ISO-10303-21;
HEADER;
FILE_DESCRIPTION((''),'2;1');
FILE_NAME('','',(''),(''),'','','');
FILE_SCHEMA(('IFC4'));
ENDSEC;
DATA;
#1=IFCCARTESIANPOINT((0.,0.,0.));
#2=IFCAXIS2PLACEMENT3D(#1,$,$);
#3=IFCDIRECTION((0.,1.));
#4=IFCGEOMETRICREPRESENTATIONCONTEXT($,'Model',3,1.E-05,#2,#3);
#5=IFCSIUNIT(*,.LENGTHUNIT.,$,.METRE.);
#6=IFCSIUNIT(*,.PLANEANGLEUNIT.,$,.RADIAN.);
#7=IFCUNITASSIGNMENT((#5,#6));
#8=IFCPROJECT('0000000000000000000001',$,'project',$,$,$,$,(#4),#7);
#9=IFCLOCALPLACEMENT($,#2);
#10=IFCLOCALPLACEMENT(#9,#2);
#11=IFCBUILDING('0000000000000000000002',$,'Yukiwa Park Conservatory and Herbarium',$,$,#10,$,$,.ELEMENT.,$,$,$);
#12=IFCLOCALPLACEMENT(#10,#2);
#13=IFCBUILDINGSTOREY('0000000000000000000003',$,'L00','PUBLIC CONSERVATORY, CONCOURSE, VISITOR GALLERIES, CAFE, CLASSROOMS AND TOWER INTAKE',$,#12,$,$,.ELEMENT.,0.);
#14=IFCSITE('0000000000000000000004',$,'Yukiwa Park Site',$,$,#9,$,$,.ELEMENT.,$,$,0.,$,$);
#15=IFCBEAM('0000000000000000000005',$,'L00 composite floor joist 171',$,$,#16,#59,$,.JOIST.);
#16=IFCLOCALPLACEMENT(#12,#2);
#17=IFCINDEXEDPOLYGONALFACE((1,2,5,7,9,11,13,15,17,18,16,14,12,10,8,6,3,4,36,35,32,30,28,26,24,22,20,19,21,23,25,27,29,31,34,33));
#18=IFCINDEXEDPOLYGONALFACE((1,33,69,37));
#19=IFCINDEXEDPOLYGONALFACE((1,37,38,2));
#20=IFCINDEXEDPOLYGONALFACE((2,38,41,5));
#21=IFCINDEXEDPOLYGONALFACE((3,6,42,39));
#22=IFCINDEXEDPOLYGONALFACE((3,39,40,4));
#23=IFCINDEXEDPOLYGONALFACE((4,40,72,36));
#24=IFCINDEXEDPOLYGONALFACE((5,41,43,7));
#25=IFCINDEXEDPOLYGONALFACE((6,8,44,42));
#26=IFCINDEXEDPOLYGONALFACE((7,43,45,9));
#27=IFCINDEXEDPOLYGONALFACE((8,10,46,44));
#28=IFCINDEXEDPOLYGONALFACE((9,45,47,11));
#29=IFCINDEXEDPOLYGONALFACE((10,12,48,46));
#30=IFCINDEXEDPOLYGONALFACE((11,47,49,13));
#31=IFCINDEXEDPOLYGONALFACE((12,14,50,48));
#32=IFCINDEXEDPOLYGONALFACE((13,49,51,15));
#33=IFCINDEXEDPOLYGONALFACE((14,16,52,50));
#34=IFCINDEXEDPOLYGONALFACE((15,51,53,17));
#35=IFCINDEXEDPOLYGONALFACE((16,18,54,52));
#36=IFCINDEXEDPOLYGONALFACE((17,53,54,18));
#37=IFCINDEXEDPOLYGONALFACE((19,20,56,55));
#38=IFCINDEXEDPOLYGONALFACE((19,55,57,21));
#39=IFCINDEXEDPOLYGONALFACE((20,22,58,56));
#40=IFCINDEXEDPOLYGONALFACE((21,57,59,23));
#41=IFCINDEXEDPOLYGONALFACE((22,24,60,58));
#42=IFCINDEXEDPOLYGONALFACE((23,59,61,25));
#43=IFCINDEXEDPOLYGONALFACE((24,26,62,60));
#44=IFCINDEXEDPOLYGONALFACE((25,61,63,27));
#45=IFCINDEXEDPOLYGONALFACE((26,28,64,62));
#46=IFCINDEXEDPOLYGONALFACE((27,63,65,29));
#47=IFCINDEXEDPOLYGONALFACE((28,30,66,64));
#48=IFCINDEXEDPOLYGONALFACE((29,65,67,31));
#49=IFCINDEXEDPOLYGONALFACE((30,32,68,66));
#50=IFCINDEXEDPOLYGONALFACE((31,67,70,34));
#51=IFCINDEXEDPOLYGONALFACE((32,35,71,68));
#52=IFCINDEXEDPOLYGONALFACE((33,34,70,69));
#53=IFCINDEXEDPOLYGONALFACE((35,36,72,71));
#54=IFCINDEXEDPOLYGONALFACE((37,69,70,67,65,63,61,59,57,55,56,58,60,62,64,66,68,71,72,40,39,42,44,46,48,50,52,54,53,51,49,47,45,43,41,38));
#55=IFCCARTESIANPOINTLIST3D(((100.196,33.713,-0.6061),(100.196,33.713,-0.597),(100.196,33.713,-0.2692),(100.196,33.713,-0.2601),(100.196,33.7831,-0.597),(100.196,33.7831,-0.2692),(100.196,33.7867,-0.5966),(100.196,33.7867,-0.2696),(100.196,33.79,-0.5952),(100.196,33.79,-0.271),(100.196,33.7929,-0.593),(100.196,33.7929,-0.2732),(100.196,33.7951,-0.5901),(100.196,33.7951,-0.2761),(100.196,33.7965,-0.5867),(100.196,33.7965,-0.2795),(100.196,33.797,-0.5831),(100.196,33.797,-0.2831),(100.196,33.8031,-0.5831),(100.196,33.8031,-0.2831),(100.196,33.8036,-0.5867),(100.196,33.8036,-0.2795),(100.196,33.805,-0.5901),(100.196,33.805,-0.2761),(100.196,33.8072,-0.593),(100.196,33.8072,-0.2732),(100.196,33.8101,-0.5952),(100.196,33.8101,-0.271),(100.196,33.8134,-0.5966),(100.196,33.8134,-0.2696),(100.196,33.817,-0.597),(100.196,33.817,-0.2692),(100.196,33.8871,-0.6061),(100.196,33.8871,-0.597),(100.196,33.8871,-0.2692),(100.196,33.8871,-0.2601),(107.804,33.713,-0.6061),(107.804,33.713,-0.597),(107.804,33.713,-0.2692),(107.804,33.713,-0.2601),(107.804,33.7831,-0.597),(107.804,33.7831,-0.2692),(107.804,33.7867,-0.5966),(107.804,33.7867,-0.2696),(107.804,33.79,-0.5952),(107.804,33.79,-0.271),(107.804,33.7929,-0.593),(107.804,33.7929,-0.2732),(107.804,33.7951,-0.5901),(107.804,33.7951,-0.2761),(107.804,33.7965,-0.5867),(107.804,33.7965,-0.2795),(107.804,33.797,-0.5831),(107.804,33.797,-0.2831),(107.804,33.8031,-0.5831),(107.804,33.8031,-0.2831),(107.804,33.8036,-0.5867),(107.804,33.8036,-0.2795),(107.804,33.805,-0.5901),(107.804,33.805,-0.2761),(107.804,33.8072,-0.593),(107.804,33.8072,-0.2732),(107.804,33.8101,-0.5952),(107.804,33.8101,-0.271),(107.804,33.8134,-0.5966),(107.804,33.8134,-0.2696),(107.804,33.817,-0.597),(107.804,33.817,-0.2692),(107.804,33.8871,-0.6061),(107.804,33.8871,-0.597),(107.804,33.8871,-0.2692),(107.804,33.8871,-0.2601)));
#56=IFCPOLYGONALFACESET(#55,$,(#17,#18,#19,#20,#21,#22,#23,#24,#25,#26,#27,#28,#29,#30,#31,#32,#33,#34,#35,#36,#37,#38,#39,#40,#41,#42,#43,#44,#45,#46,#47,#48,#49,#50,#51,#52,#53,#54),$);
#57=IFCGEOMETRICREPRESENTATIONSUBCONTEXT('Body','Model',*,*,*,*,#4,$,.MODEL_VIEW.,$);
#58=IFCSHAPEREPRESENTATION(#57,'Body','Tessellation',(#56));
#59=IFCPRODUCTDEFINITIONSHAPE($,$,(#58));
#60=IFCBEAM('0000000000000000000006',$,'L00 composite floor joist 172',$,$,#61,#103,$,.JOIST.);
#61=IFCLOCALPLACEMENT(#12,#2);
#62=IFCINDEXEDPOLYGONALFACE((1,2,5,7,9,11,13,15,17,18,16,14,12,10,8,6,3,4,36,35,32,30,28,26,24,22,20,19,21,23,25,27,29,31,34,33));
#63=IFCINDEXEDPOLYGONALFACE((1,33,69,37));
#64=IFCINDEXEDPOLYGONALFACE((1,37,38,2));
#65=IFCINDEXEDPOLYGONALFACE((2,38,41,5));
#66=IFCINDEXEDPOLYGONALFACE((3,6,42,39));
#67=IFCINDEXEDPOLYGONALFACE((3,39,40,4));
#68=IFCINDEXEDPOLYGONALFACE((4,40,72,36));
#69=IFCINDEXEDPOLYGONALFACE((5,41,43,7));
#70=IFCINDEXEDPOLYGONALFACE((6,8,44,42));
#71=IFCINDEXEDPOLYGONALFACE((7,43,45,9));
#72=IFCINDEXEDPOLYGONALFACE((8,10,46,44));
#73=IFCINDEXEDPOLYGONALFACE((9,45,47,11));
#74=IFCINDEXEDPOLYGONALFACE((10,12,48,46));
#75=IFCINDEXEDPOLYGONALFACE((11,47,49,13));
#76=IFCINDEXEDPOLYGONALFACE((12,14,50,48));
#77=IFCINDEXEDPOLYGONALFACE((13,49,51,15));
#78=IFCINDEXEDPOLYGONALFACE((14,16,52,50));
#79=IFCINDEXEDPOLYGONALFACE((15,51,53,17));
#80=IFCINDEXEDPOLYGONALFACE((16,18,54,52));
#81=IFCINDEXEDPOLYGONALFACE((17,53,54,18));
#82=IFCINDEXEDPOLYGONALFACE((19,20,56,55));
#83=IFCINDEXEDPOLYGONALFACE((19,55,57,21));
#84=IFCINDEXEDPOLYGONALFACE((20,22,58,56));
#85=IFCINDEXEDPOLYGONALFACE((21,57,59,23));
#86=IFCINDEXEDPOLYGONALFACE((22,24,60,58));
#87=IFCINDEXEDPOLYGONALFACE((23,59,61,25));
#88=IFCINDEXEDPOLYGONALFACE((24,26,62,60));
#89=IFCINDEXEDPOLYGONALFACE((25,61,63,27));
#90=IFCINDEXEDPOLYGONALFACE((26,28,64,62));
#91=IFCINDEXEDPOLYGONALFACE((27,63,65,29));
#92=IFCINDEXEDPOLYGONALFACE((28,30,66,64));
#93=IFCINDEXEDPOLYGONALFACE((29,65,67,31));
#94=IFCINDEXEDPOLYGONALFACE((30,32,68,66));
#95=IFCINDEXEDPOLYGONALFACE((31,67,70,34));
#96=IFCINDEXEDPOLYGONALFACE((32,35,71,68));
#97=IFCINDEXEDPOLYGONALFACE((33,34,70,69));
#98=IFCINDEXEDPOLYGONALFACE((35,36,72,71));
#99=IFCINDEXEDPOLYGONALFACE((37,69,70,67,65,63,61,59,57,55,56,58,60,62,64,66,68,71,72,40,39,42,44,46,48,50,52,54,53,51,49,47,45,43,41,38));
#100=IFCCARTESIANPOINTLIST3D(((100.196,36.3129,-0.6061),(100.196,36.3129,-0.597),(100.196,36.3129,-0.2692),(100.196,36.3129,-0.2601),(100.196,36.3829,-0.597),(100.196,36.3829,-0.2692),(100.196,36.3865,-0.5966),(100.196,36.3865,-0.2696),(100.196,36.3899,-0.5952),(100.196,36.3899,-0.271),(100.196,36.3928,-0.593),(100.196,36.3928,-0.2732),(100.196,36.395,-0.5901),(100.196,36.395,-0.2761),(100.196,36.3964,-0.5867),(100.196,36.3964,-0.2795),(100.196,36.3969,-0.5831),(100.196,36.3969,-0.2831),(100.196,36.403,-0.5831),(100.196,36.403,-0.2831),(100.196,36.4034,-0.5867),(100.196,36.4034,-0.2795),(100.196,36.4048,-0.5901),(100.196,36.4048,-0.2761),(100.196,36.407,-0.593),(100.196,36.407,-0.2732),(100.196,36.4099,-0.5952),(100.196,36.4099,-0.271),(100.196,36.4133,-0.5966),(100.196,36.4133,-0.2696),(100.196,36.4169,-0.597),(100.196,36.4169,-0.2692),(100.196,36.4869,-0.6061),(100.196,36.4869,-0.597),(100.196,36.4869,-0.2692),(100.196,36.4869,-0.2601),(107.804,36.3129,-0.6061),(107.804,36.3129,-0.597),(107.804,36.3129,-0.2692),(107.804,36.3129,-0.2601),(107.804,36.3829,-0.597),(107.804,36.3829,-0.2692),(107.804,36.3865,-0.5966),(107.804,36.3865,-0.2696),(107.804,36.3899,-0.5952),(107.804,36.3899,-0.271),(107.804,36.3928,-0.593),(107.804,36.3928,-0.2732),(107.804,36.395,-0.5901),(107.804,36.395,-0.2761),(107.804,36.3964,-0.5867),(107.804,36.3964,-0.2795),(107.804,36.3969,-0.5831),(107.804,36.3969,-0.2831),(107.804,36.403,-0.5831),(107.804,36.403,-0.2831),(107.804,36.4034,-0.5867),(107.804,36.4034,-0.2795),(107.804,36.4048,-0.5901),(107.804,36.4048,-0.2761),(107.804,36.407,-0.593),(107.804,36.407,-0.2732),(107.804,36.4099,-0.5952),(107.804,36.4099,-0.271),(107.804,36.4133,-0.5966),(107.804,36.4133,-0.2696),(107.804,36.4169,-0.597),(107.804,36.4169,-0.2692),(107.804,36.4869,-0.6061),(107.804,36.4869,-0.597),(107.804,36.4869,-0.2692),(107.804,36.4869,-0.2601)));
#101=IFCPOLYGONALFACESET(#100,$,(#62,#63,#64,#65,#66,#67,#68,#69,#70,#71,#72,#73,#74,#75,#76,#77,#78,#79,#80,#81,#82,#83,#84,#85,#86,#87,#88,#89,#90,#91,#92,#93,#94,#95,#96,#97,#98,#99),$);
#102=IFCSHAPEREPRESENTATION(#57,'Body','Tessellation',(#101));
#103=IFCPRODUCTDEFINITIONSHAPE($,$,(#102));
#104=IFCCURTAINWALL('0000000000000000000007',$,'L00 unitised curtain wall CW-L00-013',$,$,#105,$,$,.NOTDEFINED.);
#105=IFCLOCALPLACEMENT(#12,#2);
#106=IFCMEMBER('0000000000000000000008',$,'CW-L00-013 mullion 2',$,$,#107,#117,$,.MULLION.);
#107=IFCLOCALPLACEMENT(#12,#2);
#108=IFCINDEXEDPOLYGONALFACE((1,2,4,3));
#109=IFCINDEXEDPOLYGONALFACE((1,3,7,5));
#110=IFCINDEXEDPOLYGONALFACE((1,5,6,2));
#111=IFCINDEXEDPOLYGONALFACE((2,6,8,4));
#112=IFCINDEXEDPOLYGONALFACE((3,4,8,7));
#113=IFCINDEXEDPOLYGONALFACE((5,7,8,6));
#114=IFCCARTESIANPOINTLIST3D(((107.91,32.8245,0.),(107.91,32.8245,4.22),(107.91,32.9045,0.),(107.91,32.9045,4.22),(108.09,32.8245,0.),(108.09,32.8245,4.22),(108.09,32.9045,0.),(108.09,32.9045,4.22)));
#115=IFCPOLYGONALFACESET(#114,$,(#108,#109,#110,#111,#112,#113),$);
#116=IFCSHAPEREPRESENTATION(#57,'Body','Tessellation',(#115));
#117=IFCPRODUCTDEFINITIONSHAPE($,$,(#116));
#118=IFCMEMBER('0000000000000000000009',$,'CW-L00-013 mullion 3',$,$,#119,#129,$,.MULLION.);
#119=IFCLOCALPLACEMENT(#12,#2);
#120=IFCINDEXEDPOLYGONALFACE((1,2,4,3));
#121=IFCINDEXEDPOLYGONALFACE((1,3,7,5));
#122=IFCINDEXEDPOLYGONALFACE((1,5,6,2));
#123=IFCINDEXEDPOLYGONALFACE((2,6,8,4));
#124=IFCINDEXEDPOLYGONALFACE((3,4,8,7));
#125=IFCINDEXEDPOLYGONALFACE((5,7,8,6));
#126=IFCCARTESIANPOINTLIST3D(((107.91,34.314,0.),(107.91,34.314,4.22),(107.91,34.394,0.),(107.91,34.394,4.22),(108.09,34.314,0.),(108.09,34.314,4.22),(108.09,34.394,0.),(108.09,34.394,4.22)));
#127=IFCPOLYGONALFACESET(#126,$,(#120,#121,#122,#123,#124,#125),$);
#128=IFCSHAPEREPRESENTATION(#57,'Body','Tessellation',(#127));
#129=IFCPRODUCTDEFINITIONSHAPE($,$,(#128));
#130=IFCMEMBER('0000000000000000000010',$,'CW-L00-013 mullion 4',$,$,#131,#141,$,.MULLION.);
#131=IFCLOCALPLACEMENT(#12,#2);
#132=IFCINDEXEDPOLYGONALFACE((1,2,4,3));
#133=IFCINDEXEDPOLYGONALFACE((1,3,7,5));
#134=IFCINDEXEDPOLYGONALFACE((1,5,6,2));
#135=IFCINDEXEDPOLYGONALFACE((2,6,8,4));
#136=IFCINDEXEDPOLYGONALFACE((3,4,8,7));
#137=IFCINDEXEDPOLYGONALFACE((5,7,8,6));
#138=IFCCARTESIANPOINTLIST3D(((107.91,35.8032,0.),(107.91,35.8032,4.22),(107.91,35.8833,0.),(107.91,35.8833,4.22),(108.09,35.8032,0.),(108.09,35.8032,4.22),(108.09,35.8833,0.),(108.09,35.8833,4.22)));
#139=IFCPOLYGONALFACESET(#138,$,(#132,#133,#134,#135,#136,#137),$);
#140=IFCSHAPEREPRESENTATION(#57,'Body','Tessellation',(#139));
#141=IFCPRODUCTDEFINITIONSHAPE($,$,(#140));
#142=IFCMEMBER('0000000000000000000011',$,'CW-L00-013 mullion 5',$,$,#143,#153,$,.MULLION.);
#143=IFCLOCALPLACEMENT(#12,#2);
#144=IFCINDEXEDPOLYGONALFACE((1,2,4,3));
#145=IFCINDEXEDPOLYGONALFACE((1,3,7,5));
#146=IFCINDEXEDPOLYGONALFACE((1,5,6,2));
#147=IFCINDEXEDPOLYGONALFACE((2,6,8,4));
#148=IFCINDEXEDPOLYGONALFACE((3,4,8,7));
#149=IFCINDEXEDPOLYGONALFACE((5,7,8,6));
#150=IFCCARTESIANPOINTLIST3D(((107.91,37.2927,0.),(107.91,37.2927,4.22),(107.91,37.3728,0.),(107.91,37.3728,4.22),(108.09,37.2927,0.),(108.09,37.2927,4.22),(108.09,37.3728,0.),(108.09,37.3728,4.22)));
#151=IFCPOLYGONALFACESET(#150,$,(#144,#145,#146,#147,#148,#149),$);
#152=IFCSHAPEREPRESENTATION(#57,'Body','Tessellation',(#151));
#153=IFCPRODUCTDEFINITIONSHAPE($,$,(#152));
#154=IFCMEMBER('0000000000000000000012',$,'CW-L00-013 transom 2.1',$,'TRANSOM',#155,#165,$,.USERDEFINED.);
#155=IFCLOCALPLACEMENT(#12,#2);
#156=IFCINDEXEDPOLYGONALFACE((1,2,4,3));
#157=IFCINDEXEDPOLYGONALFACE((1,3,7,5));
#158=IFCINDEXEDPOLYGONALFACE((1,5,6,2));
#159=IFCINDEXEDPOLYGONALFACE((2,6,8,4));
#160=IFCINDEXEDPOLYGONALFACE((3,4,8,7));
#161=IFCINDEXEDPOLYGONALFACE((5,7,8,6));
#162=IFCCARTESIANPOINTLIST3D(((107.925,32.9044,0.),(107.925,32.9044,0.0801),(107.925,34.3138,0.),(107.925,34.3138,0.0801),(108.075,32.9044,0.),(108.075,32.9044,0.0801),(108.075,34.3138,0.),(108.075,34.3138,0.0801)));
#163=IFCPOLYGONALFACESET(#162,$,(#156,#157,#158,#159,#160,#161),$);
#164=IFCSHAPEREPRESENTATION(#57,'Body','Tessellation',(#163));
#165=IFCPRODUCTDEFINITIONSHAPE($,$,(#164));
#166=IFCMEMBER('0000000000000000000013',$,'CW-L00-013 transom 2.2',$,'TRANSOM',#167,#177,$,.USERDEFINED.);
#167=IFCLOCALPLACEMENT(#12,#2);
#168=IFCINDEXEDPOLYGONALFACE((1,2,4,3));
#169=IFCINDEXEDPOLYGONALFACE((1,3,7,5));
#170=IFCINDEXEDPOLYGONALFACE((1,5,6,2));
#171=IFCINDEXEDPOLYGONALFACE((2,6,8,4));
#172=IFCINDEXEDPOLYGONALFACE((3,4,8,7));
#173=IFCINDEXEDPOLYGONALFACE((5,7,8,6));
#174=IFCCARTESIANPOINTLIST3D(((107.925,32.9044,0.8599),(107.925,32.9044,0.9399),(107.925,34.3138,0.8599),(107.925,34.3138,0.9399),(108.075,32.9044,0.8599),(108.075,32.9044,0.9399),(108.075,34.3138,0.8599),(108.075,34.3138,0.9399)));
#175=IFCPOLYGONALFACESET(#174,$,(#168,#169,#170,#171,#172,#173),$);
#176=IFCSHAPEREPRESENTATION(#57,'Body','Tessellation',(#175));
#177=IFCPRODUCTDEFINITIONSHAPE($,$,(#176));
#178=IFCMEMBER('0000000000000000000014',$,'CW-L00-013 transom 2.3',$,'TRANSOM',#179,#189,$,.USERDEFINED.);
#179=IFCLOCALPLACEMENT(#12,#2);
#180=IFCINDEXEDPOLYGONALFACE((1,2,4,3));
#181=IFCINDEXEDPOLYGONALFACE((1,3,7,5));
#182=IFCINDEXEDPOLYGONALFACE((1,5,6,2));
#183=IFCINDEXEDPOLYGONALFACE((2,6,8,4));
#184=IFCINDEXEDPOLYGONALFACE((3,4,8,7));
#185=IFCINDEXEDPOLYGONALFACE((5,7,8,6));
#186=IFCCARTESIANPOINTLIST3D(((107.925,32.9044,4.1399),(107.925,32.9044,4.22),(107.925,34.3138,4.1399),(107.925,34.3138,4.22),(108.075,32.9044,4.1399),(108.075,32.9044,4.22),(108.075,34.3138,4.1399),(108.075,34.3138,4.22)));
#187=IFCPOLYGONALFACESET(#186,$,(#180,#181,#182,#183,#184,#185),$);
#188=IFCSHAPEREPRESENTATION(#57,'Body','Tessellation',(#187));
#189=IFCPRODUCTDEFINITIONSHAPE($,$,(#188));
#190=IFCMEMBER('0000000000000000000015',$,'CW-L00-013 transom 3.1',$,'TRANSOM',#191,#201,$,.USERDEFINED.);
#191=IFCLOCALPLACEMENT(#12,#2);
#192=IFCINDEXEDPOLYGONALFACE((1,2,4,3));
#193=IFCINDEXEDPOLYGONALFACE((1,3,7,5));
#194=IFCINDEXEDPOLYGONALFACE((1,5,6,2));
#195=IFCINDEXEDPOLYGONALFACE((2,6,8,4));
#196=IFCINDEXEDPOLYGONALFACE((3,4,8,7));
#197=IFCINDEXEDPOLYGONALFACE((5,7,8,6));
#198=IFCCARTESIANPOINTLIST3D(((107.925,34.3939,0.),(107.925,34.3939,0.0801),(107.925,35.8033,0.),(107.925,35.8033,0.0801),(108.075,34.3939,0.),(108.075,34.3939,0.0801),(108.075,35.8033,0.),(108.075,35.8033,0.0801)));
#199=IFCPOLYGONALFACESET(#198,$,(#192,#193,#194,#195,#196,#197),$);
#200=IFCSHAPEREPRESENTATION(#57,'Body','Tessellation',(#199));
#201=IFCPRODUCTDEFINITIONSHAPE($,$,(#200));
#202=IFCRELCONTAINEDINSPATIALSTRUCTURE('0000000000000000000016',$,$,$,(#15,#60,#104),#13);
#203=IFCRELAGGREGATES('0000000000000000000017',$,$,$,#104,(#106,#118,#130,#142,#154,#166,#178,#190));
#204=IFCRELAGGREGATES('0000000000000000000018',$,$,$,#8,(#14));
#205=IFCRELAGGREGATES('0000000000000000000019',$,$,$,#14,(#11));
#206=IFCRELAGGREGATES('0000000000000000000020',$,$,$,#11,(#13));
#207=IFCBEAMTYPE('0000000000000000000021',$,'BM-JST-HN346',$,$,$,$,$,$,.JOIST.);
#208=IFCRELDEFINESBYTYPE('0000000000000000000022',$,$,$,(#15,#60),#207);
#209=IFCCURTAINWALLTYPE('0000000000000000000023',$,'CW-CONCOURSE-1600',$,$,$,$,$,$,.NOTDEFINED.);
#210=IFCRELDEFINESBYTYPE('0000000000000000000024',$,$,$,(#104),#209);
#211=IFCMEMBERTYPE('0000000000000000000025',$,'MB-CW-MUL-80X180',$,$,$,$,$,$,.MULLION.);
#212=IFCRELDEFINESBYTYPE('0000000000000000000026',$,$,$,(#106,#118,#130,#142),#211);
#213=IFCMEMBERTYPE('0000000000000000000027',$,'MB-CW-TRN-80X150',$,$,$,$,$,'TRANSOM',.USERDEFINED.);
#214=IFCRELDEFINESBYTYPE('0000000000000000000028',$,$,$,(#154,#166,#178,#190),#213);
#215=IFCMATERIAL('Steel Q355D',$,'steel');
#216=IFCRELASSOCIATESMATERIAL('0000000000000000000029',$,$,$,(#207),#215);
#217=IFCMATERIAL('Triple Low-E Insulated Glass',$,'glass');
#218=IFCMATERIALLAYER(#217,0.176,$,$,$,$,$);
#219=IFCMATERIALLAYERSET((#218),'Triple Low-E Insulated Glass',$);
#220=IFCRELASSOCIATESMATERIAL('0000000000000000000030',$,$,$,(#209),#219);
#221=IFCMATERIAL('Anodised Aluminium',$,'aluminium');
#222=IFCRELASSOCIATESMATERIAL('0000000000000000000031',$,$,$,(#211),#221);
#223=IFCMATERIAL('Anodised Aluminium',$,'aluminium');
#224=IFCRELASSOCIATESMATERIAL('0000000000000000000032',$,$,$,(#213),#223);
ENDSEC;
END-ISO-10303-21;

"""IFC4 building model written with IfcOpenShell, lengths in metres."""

from ifc_helpers import new_model, si_unit, direction, frame, origin, origin_2d, place, context, subcontext, project, spatial, rectangle, i_section, extrude, material, layer, layer_set, material_profile, profile_set, type_object, element, aggregate, save


model = new_model("IFC4")

# Units and contexts
model_context = context("Model", 3, precision=1e-05, world=origin(), true_north=direction((0.0, 1.0)))
body_context = subcontext(model_context, "Body", "Model", "MODEL_VIEW")
ifc_project = project(units=[si_unit("LENGTHUNIT", "METRE"), si_unit("PLANEANGLEUNIT", "RADIAN")], contexts=[model_context])

# Site, building, storey
site_placement = place(None, origin())
site = spatial("IfcSite", under=ifc_project, at=site_placement, Name="Yukiwa Park Site", CompositionType="ELEMENT", RefElevation=0.0)
building_placement = place(site_placement, origin())
building = spatial("IfcBuilding", under=site, at=building_placement, Name="Yukiwa Park Conservatory and Herbarium", CompositionType="ELEMENT")
storey_placement = place(building_placement, origin())
storey = spatial("IfcBuildingStorey", under=building, at=storey_placement, Name="L00", Description="PUBLIC CONSERVATORY, CONCOURSE, VISITOR GALLERIES, CAFE, CLASSROOMS AND TOWER INTAKE", CompositionType="ELEMENT", Elevation=0.0)

# Beams
ifc_material_1 = material(Name="Steel Q355D", Category="steel")
ifc_material_profile = material_profile(ifc_material_1, i_section(OverallWidth=0.1741, OverallDepth=0.3459, WebThickness=0.0061, FlangeThickness=0.009, FilletRadius=0.0139, at=origin_2d()), Name="HN 346x174x6x9")
ifc_profile_set = profile_set([ifc_material_profile], Name="Steel Q355D")
beam_type = type_object("IfcBeamType", Name="BM-JST-HN346", PredefinedType="JOIST", material=ifc_profile_set)
for number, where, z_axis, x_axis, name in (
    (1, (100.196, 33.8, -0.4331), (1.0, 0.0, 0.0), (0.0, 1.0, 0.0), "L00 composite floor joist 171"),
    (2, (100.196, 36.3999, -0.4331), (1.0, 0.0, 0.0), (0.0, 1.0, 0.0), "L00 composite floor joist 172"),
):
    element("IfcBeam", number, at=place(storey_placement, frame(where, z_axis=z_axis, x_axis=x_axis)), inside=storey, type_object=beam_type, Name=name, PredefinedType="JOIST", context=body_context, shape_type="SweptSolid", body=[
        extrude(i_section(OverallWidth=0.1741, OverallDepth=0.3459, WebThickness=0.0061, FlangeThickness=0.009, FilletRadius=0.0139, at=origin_2d()), origin(), (0.0, 0.0, 1.0), 7.6079),
    ])

# Curtain wall, members
ifc_material_2 = material(Name="Triple Low-E Insulated Glass", Category="glass")
ifc_layer_1 = layer(ifc_material_2, 0.176)
ifc_layer_set_1 = layer_set([ifc_layer_1], Name="Triple Low-E Insulated Glass")
curtain_wall_type = type_object("IfcCurtainWallType", Name="CW-CONCOURSE-1600", PredefinedType="NOTDEFINED", material=ifc_layer_set_1)
curtain_wall_placement = place(storey_placement, origin())
curtain_wall = element("IfcCurtainWall", 3, at=curtain_wall_placement, inside=storey, type_object=curtain_wall_type, Name="L00 unitised curtain wall CW-L00-013", PredefinedType="NOTDEFINED")
ifc_material_3 = material(Name="Anodised Aluminium", Category="aluminium")
member_type_1 = type_object("IfcMemberType", Name="MB-CW-MUL-80X180", PredefinedType="MULLION", material=ifc_material_3)
member_1_placement = place(storey_placement, frame((108.0, 32.8645, 0.0), z_axis=(0.0, 0.0, 1.0), x_axis=(0.0, 1.0, 0.0)))
member_1 = element("IfcMember", 4, at=member_1_placement, type_object=member_type_1, Name="CW-L00-013 mullion 2", PredefinedType="MULLION", context=body_context, shape_type="SweptSolid", body=[
    extrude(rectangle(XDim=0.0801, YDim=0.1799, at=origin_2d()), origin(), (0.0, 0.0, 1.0), 4.22),
])
member_2_placement = place(storey_placement, frame((108.0, 34.354, 0.0), z_axis=(0.0, 0.0, 1.0), x_axis=(0.0, 1.0, 0.0)))
member_2 = element("IfcMember", 5, at=member_2_placement, type_object=member_type_1, Name="CW-L00-013 mullion 3", PredefinedType="MULLION", context=body_context, shape_type="SweptSolid", body=[
    extrude(rectangle(XDim=0.0801, YDim=0.1799, at=origin_2d()), origin(), (0.0, 0.0, 1.0), 4.22),
])
member_3_placement = place(storey_placement, frame((108.0, 35.8433, 0.0), z_axis=(0.0, 0.0, 1.0), x_axis=(0.0, 1.0, 0.0)))
member_3 = element("IfcMember", 6, at=member_3_placement, type_object=member_type_1, Name="CW-L00-013 mullion 4", PredefinedType="MULLION", context=body_context, shape_type="SweptSolid", body=[
    extrude(rectangle(XDim=0.0801, YDim=0.1799, at=origin_2d()), origin(), (0.0, 0.0, 1.0), 4.22),
])
member_4_placement = place(storey_placement, frame((108.0, 37.3328, 0.0), z_axis=(0.0, 0.0, 1.0), x_axis=(0.0, 1.0, 0.0)))
member_4 = element("IfcMember", 7, at=member_4_placement, type_object=member_type_1, Name="CW-L00-013 mullion 5", PredefinedType="MULLION", context=body_context, shape_type="SweptSolid", body=[
    extrude(rectangle(XDim=0.0801, YDim=0.1799, at=origin_2d()), origin(), (0.0, 0.0, 1.0), 4.22),
])
ifc_material_4 = material(Name="Anodised Aluminium", Category="aluminium")
member_type_2 = type_object("IfcMemberType", Name="MB-CW-TRN-80X150", ElementType="TRANSOM", PredefinedType="USERDEFINED", material=ifc_material_4)
member_5_placement = place(storey_placement, frame((108.0, 33.6091, 0.0), z_axis=(0.0, 0.0, 1.0), x_axis=(0.0, 1.0, 0.0)))
member_5 = element("IfcMember", 8, at=member_5_placement, type_object=member_type_2, Name="CW-L00-013 transom 2.1", ObjectType="TRANSOM", PredefinedType="USERDEFINED", context=body_context, shape_type="SweptSolid", body=[
    extrude(rectangle(XDim=1.4094, YDim=0.1499, at=origin_2d()), origin(), (0.0, 0.0, 1.0), 0.0801),
])
member_6_placement = place(storey_placement, frame((108.0, 33.6091, 0.8599), z_axis=(0.0, 0.0, 1.0), x_axis=(0.0, 1.0, 0.0)))
member_6 = element("IfcMember", 9, at=member_6_placement, type_object=member_type_2, Name="CW-L00-013 transom 2.2", ObjectType="TRANSOM", PredefinedType="USERDEFINED", context=body_context, shape_type="SweptSolid", body=[
    extrude(rectangle(XDim=1.4094, YDim=0.1499, at=origin_2d()), origin(), (0.0, 0.0, 1.0), 0.0801),
])
member_7_placement = place(storey_placement, frame((108.0, 33.6091, 4.1399), z_axis=(0.0, 0.0, 1.0), x_axis=(0.0, 1.0, 0.0)))
member_7 = element("IfcMember", 10, at=member_7_placement, type_object=member_type_2, Name="CW-L00-013 transom 2.3", ObjectType="TRANSOM", PredefinedType="USERDEFINED", context=body_context, shape_type="SweptSolid", body=[
    extrude(rectangle(XDim=1.4094, YDim=0.1499, at=origin_2d()), origin(), (0.0, 0.0, 1.0), 0.0801),
])
member_8_placement = place(storey_placement, frame((108.0, 35.0986, 0.0), z_axis=(0.0, 0.0, 1.0), x_axis=(0.0, 1.0, 0.0)))
member_8 = element("IfcMember", 11, at=member_8_placement, type_object=member_type_2, Name="CW-L00-013 transom 3.1", ObjectType="TRANSOM", PredefinedType="USERDEFINED", context=body_context, shape_type="SweptSolid", body=[
    extrude(rectangle(XDim=1.4094, YDim=0.1499, at=origin_2d()), origin(), (0.0, 0.0, 1.0), 0.0801),
])
aggregate(curtain_wall, [member_1, member_2, member_3, member_4, member_5, member_6, member_7, member_8])

save(model, "model.ifc")
